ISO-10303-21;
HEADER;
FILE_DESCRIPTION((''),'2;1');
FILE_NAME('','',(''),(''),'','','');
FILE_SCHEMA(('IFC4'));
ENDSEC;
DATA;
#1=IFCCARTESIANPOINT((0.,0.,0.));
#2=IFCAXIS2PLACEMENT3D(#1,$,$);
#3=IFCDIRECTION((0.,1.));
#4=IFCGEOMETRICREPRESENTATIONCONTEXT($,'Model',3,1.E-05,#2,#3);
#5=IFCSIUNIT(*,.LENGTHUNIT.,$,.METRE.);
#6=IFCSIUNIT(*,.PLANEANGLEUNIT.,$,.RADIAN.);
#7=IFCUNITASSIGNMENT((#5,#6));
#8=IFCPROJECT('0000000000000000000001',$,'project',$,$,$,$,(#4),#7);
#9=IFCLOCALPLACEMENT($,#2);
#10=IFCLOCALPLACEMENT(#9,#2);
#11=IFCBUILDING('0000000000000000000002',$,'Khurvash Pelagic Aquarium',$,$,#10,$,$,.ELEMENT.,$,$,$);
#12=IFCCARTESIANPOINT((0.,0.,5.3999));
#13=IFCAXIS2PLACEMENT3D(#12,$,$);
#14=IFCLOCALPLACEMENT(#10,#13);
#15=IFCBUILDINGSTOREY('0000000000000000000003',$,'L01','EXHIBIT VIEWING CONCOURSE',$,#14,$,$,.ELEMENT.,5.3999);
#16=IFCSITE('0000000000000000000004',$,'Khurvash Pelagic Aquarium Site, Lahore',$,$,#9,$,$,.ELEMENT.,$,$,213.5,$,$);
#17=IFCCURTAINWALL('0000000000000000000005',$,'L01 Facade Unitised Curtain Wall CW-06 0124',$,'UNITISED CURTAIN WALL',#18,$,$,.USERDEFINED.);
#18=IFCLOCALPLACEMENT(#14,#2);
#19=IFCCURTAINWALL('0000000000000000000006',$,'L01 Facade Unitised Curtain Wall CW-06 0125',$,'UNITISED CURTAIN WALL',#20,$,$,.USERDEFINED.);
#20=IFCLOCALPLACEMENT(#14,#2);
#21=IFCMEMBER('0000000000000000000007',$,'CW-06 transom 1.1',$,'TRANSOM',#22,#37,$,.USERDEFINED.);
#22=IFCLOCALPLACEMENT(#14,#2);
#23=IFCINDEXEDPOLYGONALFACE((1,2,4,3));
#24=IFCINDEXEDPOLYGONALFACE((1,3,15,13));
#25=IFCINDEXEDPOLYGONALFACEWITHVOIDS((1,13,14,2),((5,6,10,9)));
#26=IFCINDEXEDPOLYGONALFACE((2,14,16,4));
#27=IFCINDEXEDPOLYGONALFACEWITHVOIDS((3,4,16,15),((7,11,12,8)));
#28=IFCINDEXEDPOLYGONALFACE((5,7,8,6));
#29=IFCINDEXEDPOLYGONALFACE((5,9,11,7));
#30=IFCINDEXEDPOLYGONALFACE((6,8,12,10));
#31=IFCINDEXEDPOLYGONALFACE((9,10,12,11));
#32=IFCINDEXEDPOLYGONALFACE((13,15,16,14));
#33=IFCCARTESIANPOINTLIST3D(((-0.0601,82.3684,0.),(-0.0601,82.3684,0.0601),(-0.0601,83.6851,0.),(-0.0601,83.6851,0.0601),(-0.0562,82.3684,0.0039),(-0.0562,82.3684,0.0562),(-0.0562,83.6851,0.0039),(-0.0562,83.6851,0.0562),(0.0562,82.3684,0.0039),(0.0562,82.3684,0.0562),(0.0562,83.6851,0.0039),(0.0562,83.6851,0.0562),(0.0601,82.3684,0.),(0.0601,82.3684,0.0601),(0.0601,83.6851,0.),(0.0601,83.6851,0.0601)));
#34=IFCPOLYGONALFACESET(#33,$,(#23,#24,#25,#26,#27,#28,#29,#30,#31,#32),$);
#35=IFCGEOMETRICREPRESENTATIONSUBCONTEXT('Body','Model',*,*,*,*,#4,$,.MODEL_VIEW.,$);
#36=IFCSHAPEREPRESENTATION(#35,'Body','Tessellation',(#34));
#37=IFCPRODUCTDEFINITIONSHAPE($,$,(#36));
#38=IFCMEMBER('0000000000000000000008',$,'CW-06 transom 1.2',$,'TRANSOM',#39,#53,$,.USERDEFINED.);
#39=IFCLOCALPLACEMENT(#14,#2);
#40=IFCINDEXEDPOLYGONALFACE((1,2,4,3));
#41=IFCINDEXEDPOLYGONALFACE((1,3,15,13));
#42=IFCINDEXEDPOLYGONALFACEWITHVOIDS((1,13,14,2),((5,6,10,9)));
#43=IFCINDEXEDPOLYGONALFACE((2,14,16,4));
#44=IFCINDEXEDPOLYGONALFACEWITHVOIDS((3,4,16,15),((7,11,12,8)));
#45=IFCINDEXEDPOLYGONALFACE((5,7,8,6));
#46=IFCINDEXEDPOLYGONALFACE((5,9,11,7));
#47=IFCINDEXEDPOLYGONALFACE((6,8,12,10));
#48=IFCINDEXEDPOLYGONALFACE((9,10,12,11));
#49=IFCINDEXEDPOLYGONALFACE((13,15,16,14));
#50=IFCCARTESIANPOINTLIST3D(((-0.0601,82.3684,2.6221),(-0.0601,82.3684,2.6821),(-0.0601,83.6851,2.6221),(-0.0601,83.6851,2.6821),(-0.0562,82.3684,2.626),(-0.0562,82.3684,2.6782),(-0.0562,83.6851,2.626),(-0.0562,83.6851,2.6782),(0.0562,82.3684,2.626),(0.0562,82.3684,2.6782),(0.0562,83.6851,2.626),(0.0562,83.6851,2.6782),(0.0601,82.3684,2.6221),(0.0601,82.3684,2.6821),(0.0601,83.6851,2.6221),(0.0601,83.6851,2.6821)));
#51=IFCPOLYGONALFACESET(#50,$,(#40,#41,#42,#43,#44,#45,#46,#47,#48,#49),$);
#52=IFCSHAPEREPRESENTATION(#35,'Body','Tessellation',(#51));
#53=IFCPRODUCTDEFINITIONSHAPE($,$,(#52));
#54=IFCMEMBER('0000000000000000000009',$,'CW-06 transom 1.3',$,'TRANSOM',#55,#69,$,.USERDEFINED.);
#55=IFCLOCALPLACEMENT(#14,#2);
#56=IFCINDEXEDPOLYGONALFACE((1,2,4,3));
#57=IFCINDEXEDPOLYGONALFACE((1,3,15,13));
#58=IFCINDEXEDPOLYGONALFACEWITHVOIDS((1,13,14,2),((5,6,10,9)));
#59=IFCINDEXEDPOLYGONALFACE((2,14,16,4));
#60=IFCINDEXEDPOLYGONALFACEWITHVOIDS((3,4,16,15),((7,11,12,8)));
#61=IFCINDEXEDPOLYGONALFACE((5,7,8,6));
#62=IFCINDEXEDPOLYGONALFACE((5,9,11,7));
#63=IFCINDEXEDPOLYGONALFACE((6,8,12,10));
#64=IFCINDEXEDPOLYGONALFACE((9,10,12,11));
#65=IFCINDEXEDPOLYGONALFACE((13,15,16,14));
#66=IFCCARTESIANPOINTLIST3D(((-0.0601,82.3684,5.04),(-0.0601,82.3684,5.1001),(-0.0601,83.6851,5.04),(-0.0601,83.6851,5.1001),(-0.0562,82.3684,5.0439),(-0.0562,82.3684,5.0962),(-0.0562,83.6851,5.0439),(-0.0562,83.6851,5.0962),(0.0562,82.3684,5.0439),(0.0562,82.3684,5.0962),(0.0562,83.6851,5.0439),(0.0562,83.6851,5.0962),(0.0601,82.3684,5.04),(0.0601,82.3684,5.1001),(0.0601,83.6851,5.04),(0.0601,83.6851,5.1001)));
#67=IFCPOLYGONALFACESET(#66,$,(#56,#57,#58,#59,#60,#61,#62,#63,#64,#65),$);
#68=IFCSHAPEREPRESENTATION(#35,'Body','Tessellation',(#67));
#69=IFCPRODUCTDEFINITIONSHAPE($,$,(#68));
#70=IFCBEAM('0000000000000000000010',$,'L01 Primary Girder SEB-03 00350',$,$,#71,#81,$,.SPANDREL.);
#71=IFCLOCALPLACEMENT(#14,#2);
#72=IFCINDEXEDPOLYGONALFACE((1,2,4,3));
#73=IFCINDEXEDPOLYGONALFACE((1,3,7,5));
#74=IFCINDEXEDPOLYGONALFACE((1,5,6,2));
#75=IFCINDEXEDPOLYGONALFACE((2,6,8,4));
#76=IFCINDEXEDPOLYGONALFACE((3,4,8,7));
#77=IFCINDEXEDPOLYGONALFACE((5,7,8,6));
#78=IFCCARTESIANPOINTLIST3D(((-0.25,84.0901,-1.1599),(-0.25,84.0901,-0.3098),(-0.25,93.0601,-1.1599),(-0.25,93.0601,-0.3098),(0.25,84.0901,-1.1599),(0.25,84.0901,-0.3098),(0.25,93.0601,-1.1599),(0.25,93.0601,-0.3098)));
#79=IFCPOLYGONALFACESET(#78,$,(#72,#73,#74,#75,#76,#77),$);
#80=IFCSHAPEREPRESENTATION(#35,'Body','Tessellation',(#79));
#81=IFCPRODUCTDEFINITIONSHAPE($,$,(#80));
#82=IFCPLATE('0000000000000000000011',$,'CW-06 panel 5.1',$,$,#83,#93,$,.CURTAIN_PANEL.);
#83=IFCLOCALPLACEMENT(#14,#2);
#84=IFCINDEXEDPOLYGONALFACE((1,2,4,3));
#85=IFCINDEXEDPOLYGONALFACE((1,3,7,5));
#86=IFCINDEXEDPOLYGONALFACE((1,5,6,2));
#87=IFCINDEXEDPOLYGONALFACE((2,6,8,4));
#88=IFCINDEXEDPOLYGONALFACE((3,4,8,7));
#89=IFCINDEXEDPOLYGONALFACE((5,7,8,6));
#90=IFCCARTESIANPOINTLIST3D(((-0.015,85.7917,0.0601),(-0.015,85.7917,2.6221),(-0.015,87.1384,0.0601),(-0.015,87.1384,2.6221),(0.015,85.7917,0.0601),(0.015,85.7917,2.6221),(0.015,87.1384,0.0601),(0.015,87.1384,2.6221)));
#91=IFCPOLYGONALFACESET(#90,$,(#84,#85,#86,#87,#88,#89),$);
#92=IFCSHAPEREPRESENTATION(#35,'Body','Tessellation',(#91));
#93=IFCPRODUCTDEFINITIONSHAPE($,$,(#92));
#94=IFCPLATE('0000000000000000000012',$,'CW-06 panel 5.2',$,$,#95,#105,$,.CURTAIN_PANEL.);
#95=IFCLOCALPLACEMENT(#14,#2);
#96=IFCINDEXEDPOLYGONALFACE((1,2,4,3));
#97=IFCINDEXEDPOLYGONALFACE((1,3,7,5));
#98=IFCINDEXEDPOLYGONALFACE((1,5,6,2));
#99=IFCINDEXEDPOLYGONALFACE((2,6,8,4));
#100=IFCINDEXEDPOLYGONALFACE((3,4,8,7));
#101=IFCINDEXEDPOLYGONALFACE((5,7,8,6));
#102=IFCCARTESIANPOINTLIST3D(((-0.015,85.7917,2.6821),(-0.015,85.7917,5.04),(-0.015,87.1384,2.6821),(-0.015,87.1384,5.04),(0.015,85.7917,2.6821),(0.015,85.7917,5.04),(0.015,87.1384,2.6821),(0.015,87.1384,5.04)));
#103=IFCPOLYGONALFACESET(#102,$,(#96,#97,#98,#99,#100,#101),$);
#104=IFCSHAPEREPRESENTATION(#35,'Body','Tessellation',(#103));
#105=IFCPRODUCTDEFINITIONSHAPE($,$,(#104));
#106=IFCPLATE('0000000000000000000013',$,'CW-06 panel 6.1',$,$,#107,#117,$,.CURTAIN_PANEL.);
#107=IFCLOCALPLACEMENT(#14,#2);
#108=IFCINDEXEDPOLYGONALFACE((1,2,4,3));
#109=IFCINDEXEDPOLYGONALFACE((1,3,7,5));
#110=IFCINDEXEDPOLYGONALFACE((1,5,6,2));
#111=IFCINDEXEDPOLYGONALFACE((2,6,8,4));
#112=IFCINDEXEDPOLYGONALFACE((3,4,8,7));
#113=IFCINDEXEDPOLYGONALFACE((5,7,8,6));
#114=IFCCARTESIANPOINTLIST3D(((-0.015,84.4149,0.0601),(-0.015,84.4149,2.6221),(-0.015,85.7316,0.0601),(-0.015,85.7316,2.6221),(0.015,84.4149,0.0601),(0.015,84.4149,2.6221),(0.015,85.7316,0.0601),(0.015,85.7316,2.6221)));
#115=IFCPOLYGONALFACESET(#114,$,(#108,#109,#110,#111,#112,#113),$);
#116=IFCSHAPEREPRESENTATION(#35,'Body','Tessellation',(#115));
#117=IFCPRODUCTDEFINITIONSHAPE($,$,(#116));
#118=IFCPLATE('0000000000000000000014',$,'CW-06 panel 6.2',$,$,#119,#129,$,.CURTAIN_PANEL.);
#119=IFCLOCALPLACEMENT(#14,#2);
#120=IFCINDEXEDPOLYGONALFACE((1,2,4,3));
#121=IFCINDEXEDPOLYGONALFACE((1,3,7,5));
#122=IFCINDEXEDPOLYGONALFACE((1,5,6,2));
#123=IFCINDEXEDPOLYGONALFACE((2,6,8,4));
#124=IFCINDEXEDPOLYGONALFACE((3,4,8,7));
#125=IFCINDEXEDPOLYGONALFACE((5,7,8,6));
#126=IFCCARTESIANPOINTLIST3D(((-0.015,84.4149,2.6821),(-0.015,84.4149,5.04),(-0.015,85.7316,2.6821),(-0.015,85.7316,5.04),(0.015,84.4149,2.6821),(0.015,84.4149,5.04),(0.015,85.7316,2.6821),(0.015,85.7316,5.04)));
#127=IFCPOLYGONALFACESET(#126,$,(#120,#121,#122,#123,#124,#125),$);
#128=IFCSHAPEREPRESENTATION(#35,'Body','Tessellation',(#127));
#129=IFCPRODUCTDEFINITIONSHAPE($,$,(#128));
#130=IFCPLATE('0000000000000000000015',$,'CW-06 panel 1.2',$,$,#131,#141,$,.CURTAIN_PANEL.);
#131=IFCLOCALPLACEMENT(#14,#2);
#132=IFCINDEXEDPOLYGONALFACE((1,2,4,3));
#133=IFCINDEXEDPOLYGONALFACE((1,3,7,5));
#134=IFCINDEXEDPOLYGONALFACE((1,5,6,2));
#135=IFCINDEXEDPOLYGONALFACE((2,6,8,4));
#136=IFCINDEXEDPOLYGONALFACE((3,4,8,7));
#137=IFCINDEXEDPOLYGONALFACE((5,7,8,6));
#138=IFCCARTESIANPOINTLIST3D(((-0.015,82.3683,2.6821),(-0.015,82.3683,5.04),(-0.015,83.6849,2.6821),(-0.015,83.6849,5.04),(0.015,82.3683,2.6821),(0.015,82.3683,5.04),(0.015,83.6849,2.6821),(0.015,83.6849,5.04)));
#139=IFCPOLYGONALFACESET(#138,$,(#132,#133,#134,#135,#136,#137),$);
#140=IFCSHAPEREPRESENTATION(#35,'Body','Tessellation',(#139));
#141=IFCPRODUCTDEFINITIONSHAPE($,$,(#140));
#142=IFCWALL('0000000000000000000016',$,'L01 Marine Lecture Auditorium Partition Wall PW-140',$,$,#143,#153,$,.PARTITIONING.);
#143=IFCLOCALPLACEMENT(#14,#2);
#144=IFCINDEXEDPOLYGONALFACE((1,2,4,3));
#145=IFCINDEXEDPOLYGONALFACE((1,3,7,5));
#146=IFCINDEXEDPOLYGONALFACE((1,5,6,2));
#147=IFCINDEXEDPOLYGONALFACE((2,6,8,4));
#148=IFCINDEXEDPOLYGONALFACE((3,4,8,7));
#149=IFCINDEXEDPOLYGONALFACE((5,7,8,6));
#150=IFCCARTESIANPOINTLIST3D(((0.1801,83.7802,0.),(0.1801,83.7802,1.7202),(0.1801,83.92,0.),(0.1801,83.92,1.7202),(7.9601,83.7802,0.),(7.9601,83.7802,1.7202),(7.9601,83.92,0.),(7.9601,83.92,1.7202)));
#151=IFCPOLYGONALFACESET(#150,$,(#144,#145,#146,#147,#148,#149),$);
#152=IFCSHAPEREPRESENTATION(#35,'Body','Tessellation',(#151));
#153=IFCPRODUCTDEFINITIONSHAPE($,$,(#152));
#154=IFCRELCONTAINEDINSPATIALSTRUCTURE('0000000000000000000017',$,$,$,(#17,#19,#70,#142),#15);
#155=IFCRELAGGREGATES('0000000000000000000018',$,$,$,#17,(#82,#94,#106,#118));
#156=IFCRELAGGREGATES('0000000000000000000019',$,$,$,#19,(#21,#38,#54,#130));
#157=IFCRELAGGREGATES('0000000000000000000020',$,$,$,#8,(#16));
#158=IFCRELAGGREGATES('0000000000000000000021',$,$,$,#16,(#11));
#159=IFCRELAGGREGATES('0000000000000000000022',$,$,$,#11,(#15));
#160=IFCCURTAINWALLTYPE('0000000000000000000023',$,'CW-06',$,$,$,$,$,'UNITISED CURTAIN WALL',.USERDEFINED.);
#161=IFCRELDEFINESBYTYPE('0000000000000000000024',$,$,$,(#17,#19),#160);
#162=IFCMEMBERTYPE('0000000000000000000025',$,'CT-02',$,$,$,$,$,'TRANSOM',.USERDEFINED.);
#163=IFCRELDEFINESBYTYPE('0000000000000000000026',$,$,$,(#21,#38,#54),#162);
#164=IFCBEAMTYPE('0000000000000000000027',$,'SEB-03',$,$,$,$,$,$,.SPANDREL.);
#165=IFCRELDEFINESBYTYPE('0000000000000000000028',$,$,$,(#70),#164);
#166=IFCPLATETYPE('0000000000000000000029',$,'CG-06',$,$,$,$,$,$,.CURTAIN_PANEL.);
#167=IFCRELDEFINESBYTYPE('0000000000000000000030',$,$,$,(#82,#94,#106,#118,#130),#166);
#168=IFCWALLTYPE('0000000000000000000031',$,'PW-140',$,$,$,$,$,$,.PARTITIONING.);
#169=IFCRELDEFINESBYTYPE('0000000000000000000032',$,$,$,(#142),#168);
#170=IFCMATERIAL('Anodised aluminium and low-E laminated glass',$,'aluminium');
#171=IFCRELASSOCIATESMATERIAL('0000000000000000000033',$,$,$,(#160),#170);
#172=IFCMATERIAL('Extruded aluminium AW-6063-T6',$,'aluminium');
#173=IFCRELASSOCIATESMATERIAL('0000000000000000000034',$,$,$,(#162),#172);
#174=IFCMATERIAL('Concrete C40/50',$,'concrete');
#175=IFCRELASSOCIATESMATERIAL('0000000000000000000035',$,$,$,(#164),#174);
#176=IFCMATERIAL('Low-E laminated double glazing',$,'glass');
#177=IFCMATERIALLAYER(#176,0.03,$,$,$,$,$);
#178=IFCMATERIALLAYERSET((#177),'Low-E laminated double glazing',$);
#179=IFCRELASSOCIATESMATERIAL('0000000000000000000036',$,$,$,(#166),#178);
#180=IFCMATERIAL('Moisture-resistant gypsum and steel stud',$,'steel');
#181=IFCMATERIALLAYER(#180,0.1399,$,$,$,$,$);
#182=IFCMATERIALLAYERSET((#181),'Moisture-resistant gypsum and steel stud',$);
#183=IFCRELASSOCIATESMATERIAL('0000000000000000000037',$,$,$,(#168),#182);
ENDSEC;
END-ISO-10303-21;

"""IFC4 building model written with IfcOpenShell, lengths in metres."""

from ifc_helpers import new_model, si_unit, direction, frame, frame_2d, origin, origin_2d, place, context, subcontext, project, spatial, rectangle, hollow_rectangle, extrude, material, layer, layer_set, material_profile, profile_set, type_object, element, aggregate, save


model = new_model("IFC4")

# Units and contexts
model_context = context("Model", 3, precision=1e-05, world=origin(), true_north=direction((0.0, 1.0)))
body_context = subcontext(model_context, "Body", "Model", "MODEL_VIEW")
ifc_project = project(units=[si_unit("LENGTHUNIT", "METRE"), si_unit("PLANEANGLEUNIT", "RADIAN")], contexts=[model_context])

# Site, building, storey
site_placement = place(None, origin())
site = spatial("IfcSite", under=ifc_project, at=site_placement, Name="Khurvash Pelagic Aquarium Site, Lahore", CompositionType="ELEMENT", RefElevation=213.5)
building_placement = place(site_placement, origin())
building = spatial("IfcBuilding", under=site, at=building_placement, Name="Khurvash Pelagic Aquarium", CompositionType="ELEMENT")
storey_placement = place(building_placement, frame((0.0, 0.0, 5.3999)))
storey = spatial("IfcBuildingStorey", under=building, at=storey_placement, Name="L01", Description="EXHIBIT VIEWING CONCOURSE", CompositionType="ELEMENT", Elevation=5.3999)

# Shared definitions
ifc_material_1 = material(Name="Concrete C40/50", Category="concrete")

# Curtain wall
ifc_material_2 = material(Name="Anodised aluminium and low-E laminated glass", Category="aluminium")
curtain_wall_type = type_object("IfcCurtainWallType", Name="CW-06", ElementType="UNITISED CURTAIN WALL", PredefinedType="USERDEFINED", material=ifc_material_2)
curtain_wall_1_placement = place(storey_placement, origin())
curtain_wall_1 = element("IfcCurtainWall", 1, at=curtain_wall_1_placement, inside=storey, type_object=curtain_wall_type, Name="L01 Facade Unitised Curtain Wall CW-06 0124", ObjectType="UNITISED CURTAIN WALL", PredefinedType="USERDEFINED")
ifc_material_3 = material(Name="Extruded aluminium AW-6063-T6", Category="aluminium")

# Curtain wall
curtain_wall_2_placement = place(storey_placement, origin())
curtain_wall_2 = element("IfcCurtainWall", 2, at=curtain_wall_2_placement, inside=storey, type_object=curtain_wall_type, Name="L01 Facade Unitised Curtain Wall CW-06 0125", ObjectType="UNITISED CURTAIN WALL", PredefinedType="USERDEFINED")

# Members
ifc_material_profile_1 = material_profile(ifc_material_3, hollow_rectangle(XDim=0.1201, YDim=0.0601, WallThickness=0.0039, at=origin_2d()), Name="CWT120X60X4")
ifc_profile_set_1 = profile_set([ifc_material_profile_1], Name="Extruded aluminium AW-6063-T6")
member_type_1 = type_object("IfcMemberType", Name="CT-02", ElementType="TRANSOM", PredefinedType="USERDEFINED", material=ifc_profile_set_1)
member_1_placement = place(storey_placement, frame((0.0, 83.6851, 0.03), z_axis=(0.0, -1.0, 0.0), x_axis=(1.0, 0.0, 0.0)))
member_1 = element("IfcMember", 3, at=member_1_placement, type_object=member_type_1, Name="CW-06 transom 1.1", ObjectType="TRANSOM", PredefinedType="USERDEFINED", context=body_context, shape_type="SweptSolid", body=[
    extrude(hollow_rectangle(XDim=0.1201, YDim=0.0601, WallThickness=0.0039, at=origin_2d()), origin(), (0.0, 0.0, 1.0), 1.3167),
])
member_2_placement = place(storey_placement, frame((0.0, 83.6851, 2.6521), z_axis=(0.0, -1.0, 0.0), x_axis=(1.0, 0.0, 0.0)))
member_2 = element("IfcMember", 4, at=member_2_placement, type_object=member_type_1, Name="CW-06 transom 1.2", ObjectType="TRANSOM", PredefinedType="USERDEFINED", context=body_context, shape_type="SweptSolid", body=[
    extrude(hollow_rectangle(XDim=0.1201, YDim=0.0601, WallThickness=0.0039, at=origin_2d()), origin(), (0.0, 0.0, 1.0), 1.3167),
])
member_3_placement = place(storey_placement, frame((0.0, 83.6851, 5.0701), z_axis=(0.0, -1.0, 0.0), x_axis=(1.0, 0.0, 0.0)))
member_3 = element("IfcMember", 5, at=member_3_placement, type_object=member_type_1, Name="CW-06 transom 1.3", ObjectType="TRANSOM", PredefinedType="USERDEFINED", context=body_context, shape_type="SweptSolid", body=[
    extrude(hollow_rectangle(XDim=0.1201, YDim=0.0601, WallThickness=0.0039, at=origin_2d()), origin(), (0.0, 0.0, 1.0), 1.3167),
])

# Beam
ifc_material_profile_2 = material_profile(ifc_material_1, rectangle(XDim=0.5, YDim=0.8501, at=origin_2d()), Name="RC500X850")
ifc_profile_set_2 = profile_set([ifc_material_profile_2], Name="Concrete C40/50")
beam_type_1 = type_object("IfcBeamType", Name="SEB-03", PredefinedType="SPANDREL", material=ifc_profile_set_2)
beam_1_placement = place(storey_placement, frame((0.0, 84.0901, -0.7349), z_axis=(0.0, 1.0, 0.0), x_axis=(-1.0, 0.0, 0.0)))
element("IfcBeam", 6, at=beam_1_placement, inside=storey, type_object=beam_type_1, Name="L01 Primary Girder SEB-03 00350", PredefinedType="SPANDREL", context=body_context, shape_type="SweptSolid", body=[
    extrude(rectangle(XDim=0.5, YDim=0.8501, at=origin_2d()), origin(), (0.0, 0.0, 1.0), 8.97),
])

# Plates
ifc_material_4 = material(Name="Low-E laminated double glazing", Category="glass")
ifc_layer_1 = layer(ifc_material_4, 0.03)
ifc_layer_set_1 = layer_set([ifc_layer_1], Name="Low-E laminated double glazing")
plate_type = type_object("IfcPlateType", Name="CG-06", PredefinedType="CURTAIN_PANEL", material=ifc_layer_set_1)
plate_1_placement = place(storey_placement, frame((0.0, 86.4651, 0.0601), z_axis=(0.0, 0.0, 1.0), x_axis=(0.0, -1.0, 0.0)))
plate_1 = element("IfcPlate", 7, at=plate_1_placement, type_object=plate_type, Name="CW-06 panel 5.1", PredefinedType="CURTAIN_PANEL", context=body_context, shape_type="SweptSolid", body=[
    extrude(rectangle(XDim=1.3467, YDim=0.03, at=origin_2d()), origin(), (0.0, 0.0, 1.0), 2.562),
])
plate_2_placement = place(storey_placement, frame((0.0, 86.4651, 2.6821), z_axis=(0.0, 0.0, 1.0), x_axis=(0.0, -1.0, 0.0)))
plate_2 = element("IfcPlate", 8, at=plate_2_placement, type_object=plate_type, Name="CW-06 panel 5.2", PredefinedType="CURTAIN_PANEL", context=body_context, shape_type="SweptSolid", body=[
    extrude(rectangle(XDim=1.3467, YDim=0.03, at=origin_2d()), origin(), (0.0, 0.0, 1.0), 2.3579),
])
plate_3_placement = place(storey_placement, frame((0.0, 85.0732, 0.0601), z_axis=(0.0, 0.0, 1.0), x_axis=(0.0, -1.0, 0.0)))
plate_3 = element("IfcPlate", 9, at=plate_3_placement, type_object=plate_type, Name="CW-06 panel 6.1", PredefinedType="CURTAIN_PANEL", context=body_context, shape_type="SweptSolid", body=[
    extrude(rectangle(XDim=1.3167, YDim=0.03, at=origin_2d()), origin(), (0.0, 0.0, 1.0), 2.562),
])
plate_4_placement = place(storey_placement, frame((0.0, 85.0732, 2.6821), z_axis=(0.0, 0.0, 1.0), x_axis=(0.0, -1.0, 0.0)))
plate_4 = element("IfcPlate", 10, at=plate_4_placement, type_object=plate_type, Name="CW-06 panel 6.2", PredefinedType="CURTAIN_PANEL", context=body_context, shape_type="SweptSolid", body=[
    extrude(rectangle(XDim=1.3167, YDim=0.03, at=origin_2d()), origin(), (0.0, 0.0, 1.0), 2.3579),
])
aggregate(curtain_wall_1, [plate_1, plate_2, plate_3, plate_4])
plate_5_placement = place(storey_placement, frame((0.0, 83.0266, 2.6821), z_axis=(0.0, 0.0, 1.0), x_axis=(0.0, -1.0, 0.0)))
plate_5 = element("IfcPlate", 11, at=plate_5_placement, type_object=plate_type, Name="CW-06 panel 1.2", PredefinedType="CURTAIN_PANEL", context=body_context, shape_type="SweptSolid", body=[
    extrude(rectangle(XDim=1.3167, YDim=0.03, at=origin_2d()), origin(), (0.0, 0.0, 1.0), 2.3579),
])
aggregate(curtain_wall_2, [member_1, member_2, member_3, plate_5])

# Wall
ifc_material_5 = material(Name="Moisture-resistant gypsum and steel stud", Category="steel")
ifc_layer_2 = layer(ifc_material_5, 0.1399)
ifc_layer_set_2 = layer_set([ifc_layer_2], Name="Moisture-resistant gypsum and steel stud")
wall_type = type_object("IfcWallType", Name="PW-140", PredefinedType="PARTITIONING", material=ifc_layer_set_2)
wall_placement = place(storey_placement, frame((0.1799, 83.8501, 0.0), z_axis=(0.0, 0.0, 1.0), x_axis=(1.0, 0.0, 0.0)))
element("IfcWall", 12, at=wall_placement, inside=storey, type_object=wall_type, Name="L01 Marine Lecture Auditorium Partition Wall PW-140", PredefinedType="PARTITIONING", context=body_context, shape_type="SweptSolid", body=[
    extrude(rectangle(XDim=7.78, YDim=0.1399, at=frame_2d((3.8901, 0.0))), origin(), (0.0, 0.0, 1.0), 1.7202),
])

save(model, "model.ifc")
